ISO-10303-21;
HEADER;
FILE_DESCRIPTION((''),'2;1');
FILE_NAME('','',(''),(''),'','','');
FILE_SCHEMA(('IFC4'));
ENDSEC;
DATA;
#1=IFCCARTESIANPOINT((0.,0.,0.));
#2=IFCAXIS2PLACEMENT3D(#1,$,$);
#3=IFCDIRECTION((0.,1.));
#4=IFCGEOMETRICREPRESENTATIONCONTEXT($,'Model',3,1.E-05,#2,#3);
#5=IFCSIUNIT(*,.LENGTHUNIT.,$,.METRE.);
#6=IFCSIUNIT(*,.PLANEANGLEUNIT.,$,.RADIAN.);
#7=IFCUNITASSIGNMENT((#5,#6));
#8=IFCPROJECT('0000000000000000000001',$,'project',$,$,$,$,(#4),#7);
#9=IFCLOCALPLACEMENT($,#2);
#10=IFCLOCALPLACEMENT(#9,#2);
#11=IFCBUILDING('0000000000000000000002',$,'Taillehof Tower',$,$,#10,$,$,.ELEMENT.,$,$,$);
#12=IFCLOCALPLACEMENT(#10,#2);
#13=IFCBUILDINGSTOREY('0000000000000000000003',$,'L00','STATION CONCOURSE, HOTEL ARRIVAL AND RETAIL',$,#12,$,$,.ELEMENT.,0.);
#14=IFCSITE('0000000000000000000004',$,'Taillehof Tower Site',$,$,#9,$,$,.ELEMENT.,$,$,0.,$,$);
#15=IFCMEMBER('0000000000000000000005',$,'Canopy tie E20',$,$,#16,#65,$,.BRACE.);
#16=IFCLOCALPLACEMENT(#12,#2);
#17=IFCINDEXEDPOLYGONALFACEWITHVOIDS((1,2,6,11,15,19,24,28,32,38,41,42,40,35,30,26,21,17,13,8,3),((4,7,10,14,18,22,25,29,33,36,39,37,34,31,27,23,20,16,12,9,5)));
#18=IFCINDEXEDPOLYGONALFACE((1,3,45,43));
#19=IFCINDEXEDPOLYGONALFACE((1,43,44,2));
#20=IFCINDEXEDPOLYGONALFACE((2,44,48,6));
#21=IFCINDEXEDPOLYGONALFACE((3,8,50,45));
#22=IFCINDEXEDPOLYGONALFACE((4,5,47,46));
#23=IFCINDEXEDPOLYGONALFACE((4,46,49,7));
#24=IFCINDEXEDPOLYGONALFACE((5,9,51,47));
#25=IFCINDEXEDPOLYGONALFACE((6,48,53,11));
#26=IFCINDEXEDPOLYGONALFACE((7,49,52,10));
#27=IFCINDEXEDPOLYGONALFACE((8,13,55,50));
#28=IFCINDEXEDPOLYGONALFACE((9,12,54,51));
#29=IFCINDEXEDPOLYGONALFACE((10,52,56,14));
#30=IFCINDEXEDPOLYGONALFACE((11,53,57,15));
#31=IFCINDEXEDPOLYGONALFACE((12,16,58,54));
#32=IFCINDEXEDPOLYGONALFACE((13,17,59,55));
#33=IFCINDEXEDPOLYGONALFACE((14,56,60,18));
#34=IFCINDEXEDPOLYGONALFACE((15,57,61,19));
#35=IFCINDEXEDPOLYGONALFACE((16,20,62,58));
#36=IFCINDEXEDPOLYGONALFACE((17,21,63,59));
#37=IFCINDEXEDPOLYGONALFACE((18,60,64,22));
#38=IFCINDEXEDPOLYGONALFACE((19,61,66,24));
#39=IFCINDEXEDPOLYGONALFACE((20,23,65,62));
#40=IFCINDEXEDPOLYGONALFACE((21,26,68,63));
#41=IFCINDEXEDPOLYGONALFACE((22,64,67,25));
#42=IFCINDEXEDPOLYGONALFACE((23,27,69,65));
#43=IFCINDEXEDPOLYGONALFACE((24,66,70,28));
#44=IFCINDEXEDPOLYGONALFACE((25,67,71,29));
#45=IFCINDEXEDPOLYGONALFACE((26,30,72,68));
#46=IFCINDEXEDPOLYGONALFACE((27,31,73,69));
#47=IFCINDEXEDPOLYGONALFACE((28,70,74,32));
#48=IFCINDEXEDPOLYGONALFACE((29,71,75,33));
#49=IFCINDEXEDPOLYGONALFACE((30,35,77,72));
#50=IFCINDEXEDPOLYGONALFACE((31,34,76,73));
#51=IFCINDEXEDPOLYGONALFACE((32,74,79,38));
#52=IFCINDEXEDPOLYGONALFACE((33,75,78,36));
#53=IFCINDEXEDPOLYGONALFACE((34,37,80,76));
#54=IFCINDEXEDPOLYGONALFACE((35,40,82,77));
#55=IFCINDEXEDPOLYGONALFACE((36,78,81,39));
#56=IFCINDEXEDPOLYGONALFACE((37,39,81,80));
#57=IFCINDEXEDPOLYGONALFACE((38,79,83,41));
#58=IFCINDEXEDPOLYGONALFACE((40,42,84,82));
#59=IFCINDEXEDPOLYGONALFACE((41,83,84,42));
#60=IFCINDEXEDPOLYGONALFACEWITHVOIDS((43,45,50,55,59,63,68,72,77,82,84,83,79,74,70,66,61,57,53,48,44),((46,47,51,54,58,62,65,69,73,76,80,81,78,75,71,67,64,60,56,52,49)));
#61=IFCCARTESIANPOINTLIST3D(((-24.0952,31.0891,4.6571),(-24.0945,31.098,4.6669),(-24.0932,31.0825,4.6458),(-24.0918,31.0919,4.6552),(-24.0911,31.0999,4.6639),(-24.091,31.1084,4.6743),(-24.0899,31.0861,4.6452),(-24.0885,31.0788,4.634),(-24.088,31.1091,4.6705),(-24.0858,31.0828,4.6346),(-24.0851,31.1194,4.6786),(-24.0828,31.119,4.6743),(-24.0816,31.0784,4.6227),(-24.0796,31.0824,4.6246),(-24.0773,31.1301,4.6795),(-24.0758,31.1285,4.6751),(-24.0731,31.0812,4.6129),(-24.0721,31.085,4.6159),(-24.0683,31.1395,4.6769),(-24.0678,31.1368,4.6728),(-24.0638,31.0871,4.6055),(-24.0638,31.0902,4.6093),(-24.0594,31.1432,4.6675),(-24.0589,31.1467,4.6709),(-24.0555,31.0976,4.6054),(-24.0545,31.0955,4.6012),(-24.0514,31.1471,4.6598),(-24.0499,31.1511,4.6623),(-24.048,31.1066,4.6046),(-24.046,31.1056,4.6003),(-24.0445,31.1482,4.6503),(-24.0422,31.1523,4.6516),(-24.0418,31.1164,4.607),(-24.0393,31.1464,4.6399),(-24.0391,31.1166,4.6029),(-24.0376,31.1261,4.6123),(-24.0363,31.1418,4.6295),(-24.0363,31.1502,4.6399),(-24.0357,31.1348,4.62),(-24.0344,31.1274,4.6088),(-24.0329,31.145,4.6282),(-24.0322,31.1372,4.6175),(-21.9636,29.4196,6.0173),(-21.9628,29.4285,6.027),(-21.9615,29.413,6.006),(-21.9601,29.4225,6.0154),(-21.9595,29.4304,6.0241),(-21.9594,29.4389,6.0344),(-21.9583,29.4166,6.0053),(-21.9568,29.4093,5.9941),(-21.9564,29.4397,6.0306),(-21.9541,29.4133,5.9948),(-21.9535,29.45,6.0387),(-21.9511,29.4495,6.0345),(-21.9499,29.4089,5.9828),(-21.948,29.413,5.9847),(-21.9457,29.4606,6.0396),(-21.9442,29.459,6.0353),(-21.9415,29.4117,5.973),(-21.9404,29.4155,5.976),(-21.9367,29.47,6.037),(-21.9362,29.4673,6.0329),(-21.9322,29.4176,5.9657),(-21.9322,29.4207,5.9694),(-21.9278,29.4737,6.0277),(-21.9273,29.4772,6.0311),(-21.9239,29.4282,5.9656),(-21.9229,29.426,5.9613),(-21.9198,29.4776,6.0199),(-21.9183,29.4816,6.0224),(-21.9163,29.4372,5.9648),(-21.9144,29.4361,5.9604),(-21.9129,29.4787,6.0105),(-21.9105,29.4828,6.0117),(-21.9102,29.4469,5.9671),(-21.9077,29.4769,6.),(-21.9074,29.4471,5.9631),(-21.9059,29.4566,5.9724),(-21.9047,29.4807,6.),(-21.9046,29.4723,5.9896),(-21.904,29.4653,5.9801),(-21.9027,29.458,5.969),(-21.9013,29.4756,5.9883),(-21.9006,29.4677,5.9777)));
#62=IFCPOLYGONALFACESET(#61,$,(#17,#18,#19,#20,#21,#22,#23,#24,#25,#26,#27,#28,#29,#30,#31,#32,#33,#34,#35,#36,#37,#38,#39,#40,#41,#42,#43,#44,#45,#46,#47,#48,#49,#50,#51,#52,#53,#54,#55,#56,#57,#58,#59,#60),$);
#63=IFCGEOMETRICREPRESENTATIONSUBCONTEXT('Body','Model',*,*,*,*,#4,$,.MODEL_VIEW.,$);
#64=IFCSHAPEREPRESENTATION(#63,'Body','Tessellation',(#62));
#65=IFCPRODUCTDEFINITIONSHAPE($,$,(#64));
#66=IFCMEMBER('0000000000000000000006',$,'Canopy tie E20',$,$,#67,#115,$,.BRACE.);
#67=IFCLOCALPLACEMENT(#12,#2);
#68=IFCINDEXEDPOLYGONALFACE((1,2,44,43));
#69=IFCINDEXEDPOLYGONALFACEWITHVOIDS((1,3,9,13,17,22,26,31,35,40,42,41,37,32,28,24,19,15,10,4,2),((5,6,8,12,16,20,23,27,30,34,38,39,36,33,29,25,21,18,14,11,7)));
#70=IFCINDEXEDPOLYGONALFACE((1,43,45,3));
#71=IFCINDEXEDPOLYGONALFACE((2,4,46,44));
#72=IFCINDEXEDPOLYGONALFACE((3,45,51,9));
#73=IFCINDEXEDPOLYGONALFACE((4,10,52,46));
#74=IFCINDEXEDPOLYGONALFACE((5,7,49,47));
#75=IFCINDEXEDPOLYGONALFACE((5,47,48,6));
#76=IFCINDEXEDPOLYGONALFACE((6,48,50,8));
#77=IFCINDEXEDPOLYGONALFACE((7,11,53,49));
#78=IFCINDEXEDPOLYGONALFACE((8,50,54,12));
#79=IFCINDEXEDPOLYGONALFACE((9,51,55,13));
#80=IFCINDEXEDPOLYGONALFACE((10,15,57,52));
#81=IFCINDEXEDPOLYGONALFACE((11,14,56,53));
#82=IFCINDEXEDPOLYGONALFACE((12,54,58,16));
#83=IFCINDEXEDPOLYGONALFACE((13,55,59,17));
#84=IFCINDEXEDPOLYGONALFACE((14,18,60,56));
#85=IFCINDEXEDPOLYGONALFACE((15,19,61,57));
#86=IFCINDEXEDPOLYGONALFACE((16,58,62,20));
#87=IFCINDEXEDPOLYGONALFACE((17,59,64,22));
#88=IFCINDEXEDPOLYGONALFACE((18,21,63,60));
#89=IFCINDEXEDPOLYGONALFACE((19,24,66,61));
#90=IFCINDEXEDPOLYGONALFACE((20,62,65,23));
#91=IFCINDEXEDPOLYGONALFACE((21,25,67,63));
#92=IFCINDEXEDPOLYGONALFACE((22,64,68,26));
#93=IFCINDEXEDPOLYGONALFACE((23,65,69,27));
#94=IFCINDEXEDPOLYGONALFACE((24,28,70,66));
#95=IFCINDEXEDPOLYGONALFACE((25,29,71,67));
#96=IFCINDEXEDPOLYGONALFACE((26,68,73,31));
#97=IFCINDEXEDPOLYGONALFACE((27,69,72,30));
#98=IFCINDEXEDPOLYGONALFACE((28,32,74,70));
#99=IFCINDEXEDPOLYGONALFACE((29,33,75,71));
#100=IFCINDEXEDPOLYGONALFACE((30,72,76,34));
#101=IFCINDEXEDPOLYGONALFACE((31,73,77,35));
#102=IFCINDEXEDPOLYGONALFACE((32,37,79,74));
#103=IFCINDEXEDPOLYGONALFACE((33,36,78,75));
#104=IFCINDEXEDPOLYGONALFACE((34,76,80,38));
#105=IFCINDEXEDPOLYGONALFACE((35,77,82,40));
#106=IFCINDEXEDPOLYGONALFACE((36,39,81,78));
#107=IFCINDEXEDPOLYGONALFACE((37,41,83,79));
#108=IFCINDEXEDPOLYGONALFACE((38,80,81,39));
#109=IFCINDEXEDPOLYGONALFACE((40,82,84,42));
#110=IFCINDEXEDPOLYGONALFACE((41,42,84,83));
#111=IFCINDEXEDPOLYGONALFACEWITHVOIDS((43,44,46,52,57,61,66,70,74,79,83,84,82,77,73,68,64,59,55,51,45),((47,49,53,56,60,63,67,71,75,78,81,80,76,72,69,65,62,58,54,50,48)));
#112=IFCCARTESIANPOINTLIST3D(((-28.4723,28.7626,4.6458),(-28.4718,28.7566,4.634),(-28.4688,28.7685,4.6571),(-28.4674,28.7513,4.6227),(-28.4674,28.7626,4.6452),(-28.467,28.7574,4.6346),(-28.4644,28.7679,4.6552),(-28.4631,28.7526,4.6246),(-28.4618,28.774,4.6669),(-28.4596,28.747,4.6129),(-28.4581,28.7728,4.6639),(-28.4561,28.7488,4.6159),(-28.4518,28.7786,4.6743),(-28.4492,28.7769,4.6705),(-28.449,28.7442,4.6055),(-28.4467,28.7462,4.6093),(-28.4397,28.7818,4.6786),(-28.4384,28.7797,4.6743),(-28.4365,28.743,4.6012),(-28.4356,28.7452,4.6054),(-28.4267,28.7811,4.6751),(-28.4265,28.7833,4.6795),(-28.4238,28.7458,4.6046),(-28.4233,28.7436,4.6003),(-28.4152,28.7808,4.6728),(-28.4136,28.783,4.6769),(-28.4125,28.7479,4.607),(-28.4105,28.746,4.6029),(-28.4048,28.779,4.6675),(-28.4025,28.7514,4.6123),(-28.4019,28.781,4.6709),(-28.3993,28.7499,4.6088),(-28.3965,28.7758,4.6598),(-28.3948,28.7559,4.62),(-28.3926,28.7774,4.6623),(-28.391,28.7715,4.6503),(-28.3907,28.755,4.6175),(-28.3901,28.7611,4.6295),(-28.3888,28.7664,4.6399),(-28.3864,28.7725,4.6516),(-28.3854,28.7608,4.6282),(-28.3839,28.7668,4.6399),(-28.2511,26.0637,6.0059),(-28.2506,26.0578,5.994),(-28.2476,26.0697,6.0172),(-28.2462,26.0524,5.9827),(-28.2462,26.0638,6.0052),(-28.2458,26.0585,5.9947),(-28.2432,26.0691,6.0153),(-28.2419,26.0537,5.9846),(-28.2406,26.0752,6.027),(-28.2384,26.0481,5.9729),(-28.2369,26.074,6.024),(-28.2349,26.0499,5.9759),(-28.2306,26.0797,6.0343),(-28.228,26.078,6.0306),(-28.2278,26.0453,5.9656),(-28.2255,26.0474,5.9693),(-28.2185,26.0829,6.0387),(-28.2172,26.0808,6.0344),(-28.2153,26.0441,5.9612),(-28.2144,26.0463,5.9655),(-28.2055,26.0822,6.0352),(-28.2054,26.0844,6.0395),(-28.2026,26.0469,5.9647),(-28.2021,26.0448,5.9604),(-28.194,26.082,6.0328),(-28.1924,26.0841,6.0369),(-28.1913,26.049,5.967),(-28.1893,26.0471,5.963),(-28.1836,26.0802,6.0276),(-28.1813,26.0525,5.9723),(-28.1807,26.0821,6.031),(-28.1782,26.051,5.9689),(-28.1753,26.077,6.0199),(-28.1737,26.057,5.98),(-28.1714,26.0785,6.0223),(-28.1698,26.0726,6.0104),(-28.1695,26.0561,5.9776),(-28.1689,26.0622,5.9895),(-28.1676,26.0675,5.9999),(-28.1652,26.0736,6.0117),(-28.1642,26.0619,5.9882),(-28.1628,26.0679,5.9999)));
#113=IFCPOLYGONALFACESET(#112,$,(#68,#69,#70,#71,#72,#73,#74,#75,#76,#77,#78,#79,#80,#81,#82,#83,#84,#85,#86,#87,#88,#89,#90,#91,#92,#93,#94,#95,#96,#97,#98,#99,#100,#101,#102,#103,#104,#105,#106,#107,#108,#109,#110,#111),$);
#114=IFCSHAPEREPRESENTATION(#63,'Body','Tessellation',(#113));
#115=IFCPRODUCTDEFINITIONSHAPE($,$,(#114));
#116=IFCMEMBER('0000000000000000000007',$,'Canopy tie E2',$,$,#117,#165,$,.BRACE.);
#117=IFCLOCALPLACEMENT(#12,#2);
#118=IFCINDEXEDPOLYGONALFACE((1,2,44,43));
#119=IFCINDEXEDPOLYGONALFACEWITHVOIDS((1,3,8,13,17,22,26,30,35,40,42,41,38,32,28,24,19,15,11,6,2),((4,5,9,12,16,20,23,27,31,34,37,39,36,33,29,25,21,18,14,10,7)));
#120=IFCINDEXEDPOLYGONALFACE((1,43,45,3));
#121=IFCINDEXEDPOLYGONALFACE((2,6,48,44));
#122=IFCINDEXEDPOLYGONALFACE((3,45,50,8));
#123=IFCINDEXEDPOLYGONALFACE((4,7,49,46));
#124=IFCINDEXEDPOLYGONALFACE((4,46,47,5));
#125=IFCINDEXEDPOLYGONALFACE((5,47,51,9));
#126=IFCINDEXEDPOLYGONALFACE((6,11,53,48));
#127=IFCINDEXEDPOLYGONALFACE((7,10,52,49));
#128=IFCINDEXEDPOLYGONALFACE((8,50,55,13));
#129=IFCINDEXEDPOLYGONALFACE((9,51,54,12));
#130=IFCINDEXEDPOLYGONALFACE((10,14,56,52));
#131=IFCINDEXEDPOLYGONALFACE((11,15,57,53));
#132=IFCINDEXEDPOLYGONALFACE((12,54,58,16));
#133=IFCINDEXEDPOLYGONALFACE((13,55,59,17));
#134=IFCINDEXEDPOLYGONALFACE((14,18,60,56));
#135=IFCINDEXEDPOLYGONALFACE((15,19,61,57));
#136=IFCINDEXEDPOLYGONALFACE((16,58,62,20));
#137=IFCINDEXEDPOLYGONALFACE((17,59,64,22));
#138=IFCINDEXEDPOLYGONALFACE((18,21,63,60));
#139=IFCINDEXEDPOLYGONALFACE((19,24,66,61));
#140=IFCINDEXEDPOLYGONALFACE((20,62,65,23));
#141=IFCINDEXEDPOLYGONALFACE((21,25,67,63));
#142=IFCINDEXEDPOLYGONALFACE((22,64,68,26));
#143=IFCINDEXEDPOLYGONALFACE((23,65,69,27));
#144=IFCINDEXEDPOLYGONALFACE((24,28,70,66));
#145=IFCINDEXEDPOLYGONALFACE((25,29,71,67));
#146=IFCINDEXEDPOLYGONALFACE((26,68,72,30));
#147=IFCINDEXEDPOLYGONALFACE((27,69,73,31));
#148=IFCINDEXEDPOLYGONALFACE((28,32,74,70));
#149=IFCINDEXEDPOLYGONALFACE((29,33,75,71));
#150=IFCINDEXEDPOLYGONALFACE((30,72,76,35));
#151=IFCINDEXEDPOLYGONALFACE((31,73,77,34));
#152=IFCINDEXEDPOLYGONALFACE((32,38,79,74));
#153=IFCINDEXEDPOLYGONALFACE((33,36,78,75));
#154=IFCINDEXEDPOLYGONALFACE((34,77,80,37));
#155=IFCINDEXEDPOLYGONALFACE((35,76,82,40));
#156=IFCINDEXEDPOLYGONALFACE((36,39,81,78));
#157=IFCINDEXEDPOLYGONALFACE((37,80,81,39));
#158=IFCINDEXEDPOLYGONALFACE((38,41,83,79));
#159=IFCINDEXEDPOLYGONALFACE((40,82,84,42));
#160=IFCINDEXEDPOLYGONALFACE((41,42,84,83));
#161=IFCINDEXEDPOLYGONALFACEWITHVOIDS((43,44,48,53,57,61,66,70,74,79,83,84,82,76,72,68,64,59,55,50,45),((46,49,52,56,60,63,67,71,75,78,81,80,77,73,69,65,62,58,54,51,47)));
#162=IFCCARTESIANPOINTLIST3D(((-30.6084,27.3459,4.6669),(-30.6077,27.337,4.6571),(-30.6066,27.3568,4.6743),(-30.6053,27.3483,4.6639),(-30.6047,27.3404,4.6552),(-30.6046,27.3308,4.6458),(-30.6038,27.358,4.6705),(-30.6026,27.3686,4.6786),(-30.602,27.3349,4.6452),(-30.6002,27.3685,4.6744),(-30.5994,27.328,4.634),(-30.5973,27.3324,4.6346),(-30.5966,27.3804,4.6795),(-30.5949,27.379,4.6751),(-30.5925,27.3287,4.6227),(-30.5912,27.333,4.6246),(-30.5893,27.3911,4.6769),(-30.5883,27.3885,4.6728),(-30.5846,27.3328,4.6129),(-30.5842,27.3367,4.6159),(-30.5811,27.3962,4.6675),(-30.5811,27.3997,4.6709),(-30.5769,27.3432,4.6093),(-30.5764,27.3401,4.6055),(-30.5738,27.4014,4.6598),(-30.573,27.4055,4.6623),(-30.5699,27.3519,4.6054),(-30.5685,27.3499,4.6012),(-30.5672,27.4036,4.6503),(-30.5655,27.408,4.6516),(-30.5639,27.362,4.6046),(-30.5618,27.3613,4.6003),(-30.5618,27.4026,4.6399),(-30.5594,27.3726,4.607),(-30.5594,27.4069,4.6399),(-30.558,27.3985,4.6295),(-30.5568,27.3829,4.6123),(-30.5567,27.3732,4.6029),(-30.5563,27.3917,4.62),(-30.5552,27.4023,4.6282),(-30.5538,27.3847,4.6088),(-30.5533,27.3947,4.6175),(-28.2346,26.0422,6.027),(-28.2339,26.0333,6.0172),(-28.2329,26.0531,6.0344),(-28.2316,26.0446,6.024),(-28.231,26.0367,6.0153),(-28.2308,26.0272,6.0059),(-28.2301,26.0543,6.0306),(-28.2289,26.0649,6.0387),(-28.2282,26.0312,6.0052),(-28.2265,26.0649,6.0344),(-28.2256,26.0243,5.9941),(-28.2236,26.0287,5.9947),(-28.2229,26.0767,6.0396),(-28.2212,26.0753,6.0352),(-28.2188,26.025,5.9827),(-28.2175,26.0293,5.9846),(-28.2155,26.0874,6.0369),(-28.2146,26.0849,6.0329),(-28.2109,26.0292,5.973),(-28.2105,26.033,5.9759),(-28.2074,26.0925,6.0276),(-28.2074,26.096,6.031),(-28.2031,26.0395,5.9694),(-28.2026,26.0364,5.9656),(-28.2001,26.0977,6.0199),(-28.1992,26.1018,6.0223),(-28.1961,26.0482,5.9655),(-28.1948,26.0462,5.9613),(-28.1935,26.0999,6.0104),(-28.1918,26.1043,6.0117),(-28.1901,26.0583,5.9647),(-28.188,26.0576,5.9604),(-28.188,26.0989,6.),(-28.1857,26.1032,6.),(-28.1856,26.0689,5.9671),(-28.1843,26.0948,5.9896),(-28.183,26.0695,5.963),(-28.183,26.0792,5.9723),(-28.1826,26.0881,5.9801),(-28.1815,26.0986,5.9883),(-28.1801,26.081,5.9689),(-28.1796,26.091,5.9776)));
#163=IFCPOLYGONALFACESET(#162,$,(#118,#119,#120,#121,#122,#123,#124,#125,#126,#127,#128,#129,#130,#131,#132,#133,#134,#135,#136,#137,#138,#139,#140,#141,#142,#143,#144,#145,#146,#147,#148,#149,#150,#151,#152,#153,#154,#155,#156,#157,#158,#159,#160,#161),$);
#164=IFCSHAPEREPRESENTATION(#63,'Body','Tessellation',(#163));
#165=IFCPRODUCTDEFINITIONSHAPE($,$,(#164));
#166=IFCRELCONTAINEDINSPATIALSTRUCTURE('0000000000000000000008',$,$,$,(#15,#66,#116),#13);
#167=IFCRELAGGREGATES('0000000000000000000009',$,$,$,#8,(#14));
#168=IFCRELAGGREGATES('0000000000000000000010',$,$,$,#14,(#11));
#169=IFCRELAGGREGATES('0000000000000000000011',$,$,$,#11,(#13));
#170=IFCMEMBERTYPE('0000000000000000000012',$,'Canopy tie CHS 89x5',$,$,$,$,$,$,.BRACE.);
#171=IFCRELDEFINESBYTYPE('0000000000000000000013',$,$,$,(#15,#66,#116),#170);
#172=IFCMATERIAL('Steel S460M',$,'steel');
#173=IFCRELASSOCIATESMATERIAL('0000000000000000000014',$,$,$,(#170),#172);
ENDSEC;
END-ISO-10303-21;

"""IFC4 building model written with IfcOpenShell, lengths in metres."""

from ifc_helpers import new_model, si_unit, direction, frame, origin, origin_2d, place, context, subcontext, project, spatial, hollow_circle, extrude, material, material_profile, profile_set, type_object, element, save


model = new_model("IFC4")

# Units and contexts
model_context = context("Model", 3, precision=1e-05, world=origin(), true_north=direction((0.0, 1.0)))
body_context = subcontext(model_context, "Body", "Model", "MODEL_VIEW")
ifc_project = project(units=[si_unit("LENGTHUNIT", "METRE"), si_unit("PLANEANGLEUNIT", "RADIAN")], contexts=[model_context])

# Site, building, storey
site_placement = place(None, origin())
site = spatial("IfcSite", under=ifc_project, at=site_placement, Name="Taillehof Tower Site", CompositionType="ELEMENT", RefElevation=0.0)
building_placement = place(site_placement, origin())
building = spatial("IfcBuilding", under=site, at=building_placement, Name="Taillehof Tower", CompositionType="ELEMENT")
storey_placement = place(building_placement, origin())
storey = spatial("IfcBuildingStorey", under=building, at=storey_placement, Name="L00", Description="STATION CONCOURSE, HOTEL ARRIVAL AND RETAIL", CompositionType="ELEMENT", Elevation=0.0)

# Members
ifc_material_1 = material(Name="Steel S460M", Category="steel")
ifc_material_profile_1 = material_profile(ifc_material_1, hollow_circle(Radius=0.0444, WallThickness=0.0049, at=origin_2d()), Name="CHS 89x5")
ifc_profile_set_1 = profile_set([ifc_material_profile_1], Name="Steel S460M")
member_type_1 = type_object("IfcMemberType", Name="Canopy tie CHS 89x5", PredefinedType="BRACE", material=ifc_profile_set_1)
member_1_placement = place(storey_placement, frame((-24.0637, 31.1152, 4.6399), z_axis=(0.703508, -0.550978, 0.448888), x_axis=(0.61659, 0.787284, 0.0)))
element("IfcMember", 1, at=member_1_placement, inside=storey, type_object=member_type_1, Name="Canopy tie E20", PredefinedType="BRACE", context=body_context, shape_type="SweptSolid", body=[
    extrude(hollow_circle(Radius=0.0444, WallThickness=0.0049, at=origin_2d()), origin(), (0.0, 0.0, 1.0), 3.03),
])
member_2_placement = place(storey_placement, frame((-28.4282, 28.7632, 4.6399), z_axis=(0.072991, -0.890635, 0.448822), x_axis=(0.996659, 0.08168, 0.0)))
element("IfcMember", 2, at=member_2_placement, inside=storey, type_object=member_type_1, Name="Canopy tie E20", PredefinedType="BRACE", context=body_context, shape_type="SweptSolid", body=[
    extrude(hollow_circle(Radius=0.0444, WallThickness=0.0049, at=origin_2d()), origin(), (0.0, 0.0, 1.0), 3.0303),
])
member_3_placement = place(storey_placement, frame((-30.5808, 27.3679, 4.6399), z_axis=(0.783277, -0.430186, 0.448795), x_axis=(0.481389, 0.876507, 0.0)))
element("IfcMember", 3, at=member_3_placement, inside=storey, type_object=member_type_1, Name="Canopy tie E2", PredefinedType="BRACE", context=body_context, shape_type="SweptSolid", body=[
    extrude(hollow_circle(Radius=0.0444, WallThickness=0.0049, at=origin_2d()), origin(), (0.0, 0.0, 1.0), 3.0305),
])

save(model, "model.ifc")
